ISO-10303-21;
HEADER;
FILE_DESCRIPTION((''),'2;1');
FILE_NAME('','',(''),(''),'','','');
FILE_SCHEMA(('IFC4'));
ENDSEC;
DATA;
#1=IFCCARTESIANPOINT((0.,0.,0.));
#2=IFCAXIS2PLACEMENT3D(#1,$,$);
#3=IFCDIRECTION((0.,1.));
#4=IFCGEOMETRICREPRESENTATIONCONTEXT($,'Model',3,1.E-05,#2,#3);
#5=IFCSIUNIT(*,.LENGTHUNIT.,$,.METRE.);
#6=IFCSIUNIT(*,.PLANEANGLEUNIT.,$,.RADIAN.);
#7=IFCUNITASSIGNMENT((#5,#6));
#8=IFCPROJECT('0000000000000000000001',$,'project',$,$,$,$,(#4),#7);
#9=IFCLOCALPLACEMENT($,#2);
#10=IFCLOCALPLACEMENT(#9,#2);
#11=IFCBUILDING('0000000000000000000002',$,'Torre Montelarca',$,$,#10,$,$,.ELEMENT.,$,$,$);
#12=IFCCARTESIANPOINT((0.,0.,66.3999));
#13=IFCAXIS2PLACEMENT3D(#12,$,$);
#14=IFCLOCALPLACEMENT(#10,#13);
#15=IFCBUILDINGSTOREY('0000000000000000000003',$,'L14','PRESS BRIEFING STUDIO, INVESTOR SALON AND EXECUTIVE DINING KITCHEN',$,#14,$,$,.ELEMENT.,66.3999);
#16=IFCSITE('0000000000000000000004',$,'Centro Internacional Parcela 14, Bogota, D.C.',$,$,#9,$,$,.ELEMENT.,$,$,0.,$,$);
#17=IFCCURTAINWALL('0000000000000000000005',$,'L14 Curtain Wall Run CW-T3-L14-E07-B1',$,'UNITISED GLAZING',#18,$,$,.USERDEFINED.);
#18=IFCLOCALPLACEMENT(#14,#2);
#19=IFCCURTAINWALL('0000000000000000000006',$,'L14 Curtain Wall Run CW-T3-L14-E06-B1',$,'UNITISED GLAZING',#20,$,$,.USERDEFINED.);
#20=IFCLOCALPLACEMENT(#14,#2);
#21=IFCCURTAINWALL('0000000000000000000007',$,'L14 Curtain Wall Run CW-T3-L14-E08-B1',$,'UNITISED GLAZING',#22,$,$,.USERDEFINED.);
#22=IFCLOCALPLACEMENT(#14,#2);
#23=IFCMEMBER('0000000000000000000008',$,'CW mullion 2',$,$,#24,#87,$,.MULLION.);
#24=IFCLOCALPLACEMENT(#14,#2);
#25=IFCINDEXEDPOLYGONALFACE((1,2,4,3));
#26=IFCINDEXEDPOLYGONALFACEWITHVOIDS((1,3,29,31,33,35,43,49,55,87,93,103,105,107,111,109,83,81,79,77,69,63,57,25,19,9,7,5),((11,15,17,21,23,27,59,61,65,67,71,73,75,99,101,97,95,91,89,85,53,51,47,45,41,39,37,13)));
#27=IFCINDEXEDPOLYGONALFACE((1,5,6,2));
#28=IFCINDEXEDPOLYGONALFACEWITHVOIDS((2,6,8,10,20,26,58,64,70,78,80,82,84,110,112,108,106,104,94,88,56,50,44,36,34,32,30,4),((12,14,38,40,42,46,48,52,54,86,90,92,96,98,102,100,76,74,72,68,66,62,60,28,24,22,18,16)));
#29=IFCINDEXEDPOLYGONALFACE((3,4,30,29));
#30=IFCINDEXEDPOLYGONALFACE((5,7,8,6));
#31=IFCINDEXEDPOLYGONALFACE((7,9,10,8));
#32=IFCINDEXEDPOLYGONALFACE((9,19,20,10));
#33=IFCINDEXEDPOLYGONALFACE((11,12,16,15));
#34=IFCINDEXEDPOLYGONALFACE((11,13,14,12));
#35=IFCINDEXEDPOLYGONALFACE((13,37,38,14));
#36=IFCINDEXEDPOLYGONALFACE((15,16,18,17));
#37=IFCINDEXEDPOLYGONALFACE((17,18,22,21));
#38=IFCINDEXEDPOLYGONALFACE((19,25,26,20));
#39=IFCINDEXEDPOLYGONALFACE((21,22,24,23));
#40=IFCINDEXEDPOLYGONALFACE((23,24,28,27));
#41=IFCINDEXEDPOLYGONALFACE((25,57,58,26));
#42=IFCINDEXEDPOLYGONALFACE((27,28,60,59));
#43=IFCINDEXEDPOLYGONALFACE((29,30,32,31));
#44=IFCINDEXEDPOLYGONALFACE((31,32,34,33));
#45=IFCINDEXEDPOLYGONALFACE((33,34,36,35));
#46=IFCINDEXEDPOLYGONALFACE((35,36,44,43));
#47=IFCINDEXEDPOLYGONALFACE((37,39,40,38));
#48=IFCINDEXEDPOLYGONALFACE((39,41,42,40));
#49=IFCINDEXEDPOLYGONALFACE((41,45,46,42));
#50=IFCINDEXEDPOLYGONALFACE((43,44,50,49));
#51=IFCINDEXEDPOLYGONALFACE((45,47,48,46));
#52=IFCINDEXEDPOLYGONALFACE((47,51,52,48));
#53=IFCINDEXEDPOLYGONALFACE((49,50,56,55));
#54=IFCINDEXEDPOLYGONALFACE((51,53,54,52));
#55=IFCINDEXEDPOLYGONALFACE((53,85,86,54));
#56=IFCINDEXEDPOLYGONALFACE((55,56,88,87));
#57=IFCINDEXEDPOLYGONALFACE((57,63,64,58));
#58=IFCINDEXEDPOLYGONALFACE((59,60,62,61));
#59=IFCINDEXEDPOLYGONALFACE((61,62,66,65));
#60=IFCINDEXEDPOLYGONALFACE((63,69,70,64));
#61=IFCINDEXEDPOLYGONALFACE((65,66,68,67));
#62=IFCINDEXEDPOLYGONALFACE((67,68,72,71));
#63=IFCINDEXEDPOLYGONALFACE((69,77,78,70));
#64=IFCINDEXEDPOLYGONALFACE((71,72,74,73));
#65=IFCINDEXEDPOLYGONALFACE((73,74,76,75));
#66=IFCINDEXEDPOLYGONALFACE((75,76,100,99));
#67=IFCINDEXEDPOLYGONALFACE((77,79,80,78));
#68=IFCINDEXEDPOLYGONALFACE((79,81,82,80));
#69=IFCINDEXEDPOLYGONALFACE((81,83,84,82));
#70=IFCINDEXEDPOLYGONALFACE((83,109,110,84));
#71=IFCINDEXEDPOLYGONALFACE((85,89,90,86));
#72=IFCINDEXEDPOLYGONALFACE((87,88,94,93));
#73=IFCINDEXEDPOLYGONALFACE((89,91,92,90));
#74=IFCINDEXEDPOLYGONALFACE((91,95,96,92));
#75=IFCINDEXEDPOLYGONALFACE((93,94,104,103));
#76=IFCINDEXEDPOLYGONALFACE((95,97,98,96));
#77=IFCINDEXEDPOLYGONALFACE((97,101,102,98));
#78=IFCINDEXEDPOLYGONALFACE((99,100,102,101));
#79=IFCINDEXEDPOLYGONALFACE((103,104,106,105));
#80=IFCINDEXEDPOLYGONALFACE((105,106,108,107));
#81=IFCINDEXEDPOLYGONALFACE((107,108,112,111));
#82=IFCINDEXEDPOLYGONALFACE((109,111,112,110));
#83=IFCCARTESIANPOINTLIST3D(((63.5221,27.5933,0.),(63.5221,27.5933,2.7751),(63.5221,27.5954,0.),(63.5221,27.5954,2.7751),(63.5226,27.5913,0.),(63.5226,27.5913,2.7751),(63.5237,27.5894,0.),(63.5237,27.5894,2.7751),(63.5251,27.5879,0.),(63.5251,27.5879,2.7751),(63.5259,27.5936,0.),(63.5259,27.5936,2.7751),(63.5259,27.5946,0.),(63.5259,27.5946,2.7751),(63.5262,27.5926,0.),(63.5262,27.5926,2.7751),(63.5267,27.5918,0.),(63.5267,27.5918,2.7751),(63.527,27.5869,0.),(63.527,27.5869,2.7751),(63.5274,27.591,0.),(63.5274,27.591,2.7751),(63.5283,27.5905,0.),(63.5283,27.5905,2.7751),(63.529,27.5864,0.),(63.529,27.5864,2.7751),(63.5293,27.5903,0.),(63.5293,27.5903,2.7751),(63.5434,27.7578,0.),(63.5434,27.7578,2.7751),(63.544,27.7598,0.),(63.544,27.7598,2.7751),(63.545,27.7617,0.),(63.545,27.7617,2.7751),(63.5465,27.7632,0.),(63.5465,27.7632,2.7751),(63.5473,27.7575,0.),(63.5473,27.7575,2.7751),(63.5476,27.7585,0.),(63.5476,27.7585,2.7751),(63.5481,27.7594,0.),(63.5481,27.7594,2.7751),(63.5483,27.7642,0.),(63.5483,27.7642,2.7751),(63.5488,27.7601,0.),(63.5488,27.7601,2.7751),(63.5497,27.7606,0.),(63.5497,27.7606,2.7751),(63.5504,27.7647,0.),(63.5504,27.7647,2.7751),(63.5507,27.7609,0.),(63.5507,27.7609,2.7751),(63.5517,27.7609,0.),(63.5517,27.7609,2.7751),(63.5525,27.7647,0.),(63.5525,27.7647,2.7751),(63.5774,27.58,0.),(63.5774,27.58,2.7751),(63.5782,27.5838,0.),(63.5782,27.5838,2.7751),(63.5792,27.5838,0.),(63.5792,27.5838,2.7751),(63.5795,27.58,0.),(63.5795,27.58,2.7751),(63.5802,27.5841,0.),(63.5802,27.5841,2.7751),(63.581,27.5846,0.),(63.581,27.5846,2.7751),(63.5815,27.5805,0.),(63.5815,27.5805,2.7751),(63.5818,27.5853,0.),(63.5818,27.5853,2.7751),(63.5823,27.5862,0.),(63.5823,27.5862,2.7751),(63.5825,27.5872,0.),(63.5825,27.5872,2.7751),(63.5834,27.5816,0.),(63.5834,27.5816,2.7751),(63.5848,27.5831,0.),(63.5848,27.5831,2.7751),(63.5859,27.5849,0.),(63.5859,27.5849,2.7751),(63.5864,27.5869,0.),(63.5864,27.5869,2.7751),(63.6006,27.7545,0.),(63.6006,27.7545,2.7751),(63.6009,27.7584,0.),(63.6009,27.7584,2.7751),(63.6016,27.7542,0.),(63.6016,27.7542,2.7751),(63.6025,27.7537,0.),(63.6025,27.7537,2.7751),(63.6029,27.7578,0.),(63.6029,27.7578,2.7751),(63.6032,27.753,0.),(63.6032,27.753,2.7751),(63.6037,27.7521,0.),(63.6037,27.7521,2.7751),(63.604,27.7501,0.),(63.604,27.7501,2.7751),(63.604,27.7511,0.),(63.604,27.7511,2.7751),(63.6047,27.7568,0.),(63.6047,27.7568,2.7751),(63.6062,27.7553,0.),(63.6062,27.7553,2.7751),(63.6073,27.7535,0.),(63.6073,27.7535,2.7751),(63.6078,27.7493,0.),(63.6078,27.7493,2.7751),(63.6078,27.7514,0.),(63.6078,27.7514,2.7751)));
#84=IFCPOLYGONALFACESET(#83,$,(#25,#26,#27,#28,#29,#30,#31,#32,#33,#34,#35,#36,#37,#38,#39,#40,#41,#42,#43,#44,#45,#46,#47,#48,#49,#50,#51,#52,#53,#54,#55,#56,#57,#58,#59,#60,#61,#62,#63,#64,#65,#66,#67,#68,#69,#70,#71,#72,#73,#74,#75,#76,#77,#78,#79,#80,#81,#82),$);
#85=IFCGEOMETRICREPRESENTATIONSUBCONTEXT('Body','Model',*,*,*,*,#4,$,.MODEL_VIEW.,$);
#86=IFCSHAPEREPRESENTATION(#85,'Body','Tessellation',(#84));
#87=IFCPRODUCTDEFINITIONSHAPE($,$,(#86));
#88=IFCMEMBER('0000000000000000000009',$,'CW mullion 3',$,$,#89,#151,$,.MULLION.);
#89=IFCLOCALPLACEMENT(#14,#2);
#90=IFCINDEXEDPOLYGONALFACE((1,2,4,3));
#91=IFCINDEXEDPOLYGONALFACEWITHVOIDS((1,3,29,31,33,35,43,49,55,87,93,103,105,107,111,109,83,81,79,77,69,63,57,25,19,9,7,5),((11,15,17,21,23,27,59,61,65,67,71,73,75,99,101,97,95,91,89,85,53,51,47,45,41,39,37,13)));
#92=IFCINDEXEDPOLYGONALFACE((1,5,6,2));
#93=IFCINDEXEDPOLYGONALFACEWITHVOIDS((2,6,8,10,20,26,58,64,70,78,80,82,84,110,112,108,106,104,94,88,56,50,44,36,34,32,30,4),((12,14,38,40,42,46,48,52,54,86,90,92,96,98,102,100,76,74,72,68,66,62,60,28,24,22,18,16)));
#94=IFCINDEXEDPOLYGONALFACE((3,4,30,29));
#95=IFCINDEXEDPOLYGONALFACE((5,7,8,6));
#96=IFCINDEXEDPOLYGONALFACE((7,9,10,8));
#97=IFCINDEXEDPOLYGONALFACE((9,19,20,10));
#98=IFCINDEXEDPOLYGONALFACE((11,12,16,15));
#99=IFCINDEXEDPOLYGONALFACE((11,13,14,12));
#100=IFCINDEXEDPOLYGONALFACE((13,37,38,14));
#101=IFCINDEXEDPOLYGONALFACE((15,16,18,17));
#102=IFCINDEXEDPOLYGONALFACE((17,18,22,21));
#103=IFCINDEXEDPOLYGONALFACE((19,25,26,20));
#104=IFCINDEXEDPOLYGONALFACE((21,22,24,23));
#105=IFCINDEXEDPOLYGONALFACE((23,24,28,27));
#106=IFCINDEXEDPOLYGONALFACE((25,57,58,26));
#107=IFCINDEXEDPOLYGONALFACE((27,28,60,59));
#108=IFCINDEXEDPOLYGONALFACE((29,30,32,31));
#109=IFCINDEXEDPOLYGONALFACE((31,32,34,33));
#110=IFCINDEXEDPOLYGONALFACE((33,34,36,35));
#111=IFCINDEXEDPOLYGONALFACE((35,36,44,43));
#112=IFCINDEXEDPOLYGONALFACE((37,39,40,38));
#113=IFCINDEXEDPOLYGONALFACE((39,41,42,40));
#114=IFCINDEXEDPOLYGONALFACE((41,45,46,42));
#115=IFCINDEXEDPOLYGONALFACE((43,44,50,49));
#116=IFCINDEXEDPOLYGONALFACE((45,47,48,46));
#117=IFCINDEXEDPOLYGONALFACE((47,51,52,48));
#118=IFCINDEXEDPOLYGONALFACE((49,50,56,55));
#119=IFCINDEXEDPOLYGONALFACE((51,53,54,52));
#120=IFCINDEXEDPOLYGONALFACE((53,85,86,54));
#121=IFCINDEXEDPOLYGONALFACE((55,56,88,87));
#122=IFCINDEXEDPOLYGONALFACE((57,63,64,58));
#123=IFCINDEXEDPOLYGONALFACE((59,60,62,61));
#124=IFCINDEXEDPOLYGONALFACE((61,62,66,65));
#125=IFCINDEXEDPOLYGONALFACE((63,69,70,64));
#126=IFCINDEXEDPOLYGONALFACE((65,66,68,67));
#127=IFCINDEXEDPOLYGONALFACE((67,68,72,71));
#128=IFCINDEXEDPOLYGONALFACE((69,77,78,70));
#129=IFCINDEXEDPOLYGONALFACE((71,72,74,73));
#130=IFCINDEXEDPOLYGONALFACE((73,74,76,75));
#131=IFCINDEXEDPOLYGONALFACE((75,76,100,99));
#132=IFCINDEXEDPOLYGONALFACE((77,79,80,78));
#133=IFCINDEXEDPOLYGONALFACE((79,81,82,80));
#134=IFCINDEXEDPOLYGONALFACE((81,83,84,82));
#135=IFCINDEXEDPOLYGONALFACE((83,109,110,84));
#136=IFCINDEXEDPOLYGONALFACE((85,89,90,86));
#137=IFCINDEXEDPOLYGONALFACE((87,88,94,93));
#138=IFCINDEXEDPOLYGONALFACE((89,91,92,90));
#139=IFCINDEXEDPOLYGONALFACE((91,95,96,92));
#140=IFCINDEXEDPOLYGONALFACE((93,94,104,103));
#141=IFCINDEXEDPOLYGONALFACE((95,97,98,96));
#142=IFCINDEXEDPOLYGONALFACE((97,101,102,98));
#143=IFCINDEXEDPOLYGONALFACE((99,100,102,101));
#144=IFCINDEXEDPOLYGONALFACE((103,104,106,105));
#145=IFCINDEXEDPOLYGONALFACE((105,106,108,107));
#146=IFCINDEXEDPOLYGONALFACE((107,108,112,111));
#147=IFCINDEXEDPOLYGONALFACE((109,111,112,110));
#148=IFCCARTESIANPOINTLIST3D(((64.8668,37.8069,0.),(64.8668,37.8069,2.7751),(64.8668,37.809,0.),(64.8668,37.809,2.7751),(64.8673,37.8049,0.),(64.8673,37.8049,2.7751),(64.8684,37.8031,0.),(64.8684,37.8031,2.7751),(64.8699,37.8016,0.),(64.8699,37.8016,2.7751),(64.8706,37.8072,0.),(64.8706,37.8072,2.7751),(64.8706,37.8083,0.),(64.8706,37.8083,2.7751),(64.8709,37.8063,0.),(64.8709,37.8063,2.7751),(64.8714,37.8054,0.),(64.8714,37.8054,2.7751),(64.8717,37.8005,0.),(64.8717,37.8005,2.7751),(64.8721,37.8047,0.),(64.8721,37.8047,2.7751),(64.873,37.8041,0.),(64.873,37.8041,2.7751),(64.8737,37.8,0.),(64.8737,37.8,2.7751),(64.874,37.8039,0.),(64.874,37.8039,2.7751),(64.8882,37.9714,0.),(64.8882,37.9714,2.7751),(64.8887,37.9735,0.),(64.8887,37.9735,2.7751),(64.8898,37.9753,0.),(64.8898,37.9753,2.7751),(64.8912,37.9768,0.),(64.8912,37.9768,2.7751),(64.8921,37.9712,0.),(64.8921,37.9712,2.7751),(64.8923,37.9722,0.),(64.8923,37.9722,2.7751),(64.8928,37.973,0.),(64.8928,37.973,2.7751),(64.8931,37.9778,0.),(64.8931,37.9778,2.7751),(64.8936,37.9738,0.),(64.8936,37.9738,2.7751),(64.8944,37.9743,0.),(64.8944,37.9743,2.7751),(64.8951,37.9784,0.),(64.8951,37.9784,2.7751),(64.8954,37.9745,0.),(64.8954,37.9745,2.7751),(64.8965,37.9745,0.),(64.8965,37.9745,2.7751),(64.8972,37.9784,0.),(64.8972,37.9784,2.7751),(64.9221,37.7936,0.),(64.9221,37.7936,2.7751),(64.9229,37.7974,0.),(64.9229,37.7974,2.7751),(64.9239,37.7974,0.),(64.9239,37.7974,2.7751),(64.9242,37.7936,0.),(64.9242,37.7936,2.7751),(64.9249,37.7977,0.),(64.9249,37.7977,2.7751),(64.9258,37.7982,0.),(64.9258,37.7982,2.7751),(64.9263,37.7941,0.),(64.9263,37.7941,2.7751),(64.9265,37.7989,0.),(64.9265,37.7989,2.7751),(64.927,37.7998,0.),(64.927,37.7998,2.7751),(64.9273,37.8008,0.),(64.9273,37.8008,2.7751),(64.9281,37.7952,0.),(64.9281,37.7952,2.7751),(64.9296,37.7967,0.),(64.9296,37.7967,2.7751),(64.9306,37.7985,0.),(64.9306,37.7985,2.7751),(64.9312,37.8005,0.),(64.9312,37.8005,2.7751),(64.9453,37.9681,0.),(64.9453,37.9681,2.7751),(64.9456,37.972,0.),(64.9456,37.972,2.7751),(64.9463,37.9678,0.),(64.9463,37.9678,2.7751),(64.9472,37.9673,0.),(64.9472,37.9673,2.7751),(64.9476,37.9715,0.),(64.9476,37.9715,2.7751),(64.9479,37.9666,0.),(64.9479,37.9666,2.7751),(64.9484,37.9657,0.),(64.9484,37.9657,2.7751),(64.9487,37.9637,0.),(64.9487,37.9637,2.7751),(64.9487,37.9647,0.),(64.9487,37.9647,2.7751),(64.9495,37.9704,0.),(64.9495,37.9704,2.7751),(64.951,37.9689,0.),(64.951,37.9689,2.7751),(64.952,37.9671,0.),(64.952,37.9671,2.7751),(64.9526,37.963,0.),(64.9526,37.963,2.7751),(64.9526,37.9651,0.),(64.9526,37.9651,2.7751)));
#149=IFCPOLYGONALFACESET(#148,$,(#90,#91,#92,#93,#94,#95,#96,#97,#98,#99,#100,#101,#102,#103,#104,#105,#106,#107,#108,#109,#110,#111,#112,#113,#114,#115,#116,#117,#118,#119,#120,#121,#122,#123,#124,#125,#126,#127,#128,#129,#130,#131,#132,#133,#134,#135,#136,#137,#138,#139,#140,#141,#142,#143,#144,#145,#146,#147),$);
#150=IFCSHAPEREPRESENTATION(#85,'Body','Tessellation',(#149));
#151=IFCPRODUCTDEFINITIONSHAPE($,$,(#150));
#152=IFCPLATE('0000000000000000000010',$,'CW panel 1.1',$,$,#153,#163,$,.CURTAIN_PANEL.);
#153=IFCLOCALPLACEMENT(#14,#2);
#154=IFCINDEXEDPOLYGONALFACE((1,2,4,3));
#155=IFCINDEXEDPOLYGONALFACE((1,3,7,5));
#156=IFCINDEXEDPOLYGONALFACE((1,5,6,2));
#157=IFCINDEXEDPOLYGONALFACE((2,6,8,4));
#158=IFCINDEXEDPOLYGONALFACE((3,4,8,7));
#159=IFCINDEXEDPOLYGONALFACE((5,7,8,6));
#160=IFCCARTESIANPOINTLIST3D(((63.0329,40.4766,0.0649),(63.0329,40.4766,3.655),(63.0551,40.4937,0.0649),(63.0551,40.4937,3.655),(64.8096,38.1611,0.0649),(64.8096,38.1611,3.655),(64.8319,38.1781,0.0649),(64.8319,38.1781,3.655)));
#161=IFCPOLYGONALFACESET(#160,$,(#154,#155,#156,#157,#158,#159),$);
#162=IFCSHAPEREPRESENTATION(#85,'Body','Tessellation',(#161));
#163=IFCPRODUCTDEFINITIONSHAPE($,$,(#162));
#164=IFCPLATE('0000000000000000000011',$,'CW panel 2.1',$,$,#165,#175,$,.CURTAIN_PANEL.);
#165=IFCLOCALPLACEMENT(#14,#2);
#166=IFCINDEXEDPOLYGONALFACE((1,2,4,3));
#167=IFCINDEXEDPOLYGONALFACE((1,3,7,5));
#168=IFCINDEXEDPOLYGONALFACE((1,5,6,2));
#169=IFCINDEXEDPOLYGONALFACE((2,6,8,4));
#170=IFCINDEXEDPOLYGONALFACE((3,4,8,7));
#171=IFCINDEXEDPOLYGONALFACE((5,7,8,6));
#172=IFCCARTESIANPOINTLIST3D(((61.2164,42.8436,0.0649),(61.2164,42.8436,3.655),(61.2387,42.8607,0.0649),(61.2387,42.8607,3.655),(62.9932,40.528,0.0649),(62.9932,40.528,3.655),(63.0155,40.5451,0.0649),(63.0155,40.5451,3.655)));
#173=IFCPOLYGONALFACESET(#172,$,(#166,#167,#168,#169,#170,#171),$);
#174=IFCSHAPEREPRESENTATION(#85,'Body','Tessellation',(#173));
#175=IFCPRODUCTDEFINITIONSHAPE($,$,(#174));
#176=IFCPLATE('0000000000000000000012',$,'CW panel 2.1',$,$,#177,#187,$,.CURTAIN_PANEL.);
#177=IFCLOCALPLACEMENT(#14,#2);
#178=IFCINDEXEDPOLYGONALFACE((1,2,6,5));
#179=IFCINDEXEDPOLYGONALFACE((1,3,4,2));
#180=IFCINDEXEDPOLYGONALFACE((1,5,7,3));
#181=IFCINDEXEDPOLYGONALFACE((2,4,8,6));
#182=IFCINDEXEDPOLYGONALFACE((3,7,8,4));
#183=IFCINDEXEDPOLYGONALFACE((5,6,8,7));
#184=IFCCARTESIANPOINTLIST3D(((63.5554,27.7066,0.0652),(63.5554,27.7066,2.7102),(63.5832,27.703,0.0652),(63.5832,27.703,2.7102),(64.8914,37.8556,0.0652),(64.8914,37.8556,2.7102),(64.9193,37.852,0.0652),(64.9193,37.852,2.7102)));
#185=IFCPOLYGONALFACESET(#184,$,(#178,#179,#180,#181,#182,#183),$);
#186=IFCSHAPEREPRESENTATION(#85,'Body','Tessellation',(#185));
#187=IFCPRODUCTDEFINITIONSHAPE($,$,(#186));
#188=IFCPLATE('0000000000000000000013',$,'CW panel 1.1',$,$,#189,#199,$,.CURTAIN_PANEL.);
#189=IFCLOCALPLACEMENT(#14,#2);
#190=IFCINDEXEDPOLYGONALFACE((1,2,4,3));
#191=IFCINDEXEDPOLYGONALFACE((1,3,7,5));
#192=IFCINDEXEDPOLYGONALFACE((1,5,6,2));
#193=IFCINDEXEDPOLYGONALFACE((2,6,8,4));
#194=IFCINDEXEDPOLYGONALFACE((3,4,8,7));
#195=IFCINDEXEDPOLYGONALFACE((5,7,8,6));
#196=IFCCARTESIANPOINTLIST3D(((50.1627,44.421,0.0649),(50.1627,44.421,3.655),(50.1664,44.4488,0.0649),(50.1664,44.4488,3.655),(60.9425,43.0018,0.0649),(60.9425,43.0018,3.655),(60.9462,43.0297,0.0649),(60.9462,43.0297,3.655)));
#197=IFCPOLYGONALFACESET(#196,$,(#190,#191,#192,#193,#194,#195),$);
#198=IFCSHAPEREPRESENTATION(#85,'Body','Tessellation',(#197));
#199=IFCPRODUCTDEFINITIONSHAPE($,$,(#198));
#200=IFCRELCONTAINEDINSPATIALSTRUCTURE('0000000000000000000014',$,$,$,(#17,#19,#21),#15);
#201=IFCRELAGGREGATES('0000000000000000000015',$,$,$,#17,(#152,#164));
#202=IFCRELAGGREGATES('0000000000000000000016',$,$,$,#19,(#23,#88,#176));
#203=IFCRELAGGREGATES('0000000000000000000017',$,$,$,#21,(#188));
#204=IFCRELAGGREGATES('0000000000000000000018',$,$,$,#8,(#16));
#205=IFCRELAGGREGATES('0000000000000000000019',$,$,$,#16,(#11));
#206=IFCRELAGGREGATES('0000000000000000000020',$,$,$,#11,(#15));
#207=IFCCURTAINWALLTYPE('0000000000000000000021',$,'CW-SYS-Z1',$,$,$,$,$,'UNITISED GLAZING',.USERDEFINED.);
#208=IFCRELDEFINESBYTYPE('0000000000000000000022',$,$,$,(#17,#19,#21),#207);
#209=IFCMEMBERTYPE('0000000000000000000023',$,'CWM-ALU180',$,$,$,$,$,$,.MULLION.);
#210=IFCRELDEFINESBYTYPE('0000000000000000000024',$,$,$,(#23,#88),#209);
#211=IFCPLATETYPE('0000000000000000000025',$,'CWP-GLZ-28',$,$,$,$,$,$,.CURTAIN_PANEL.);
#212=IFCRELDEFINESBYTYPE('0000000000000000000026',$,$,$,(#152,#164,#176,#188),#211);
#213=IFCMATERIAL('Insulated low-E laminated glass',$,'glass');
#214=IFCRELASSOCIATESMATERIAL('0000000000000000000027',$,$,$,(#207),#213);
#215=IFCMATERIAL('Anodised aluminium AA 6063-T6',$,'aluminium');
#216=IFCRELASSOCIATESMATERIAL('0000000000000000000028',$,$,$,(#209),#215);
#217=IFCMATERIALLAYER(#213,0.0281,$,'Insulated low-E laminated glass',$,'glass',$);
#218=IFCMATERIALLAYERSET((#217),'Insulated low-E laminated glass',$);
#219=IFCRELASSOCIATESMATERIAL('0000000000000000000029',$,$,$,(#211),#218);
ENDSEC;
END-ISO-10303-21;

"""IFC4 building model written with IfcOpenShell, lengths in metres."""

from ifc_helpers import new_model, si_unit, direction, frame, origin, origin_2d, place, context, subcontext, project, spatial, rectangle, hollow_rectangle, extrude, source, transform, mapped, material, layer, layer_set, material_profile, profile_set, type_object, element, aggregate, save


model = new_model("IFC4")

# Units and contexts
model_context = context("Model", 3, precision=1e-05, world=origin(), true_north=direction((0.0, 1.0)))
body_context = subcontext(model_context, "Body", "Model", "MODEL_VIEW")
ifc_project = project(units=[si_unit("LENGTHUNIT", "METRE"), si_unit("PLANEANGLEUNIT", "RADIAN")], contexts=[model_context])

# Site, building, storey
site_placement = place(None, origin())
site = spatial("IfcSite", under=ifc_project, at=site_placement, Name="Centro Internacional Parcela 14, Bogota, D.C.", CompositionType="ELEMENT", RefElevation=0.0)
building_placement = place(site_placement, origin())
building = spatial("IfcBuilding", under=site, at=building_placement, Name="Torre Montelarca", CompositionType="ELEMENT")
storey_placement = place(building_placement, frame((0.0, 0.0, 66.3999)))
storey = spatial("IfcBuildingStorey", under=building, at=storey_placement, Name="L14", Description="PRESS BRIEFING STUDIO, INVESTOR SALON AND EXECUTIVE DINING KITCHEN", CompositionType="ELEMENT", Elevation=66.3999)

# Curtain walls
ifc_material_1 = material(Name="Insulated low-E laminated glass", Category="glass")
curtain_wall_type = type_object("IfcCurtainWallType", Name="CW-SYS-Z1", ElementType="UNITISED GLAZING", PredefinedType="USERDEFINED", material=ifc_material_1)
curtain_wall_1_placement = place(storey_placement, origin())
curtain_wall_1 = element("IfcCurtainWall", 1, at=curtain_wall_1_placement, inside=storey, type_object=curtain_wall_type, Name="L14 Curtain Wall Run CW-T3-L14-E07-B1", ObjectType="UNITISED GLAZING", PredefinedType="USERDEFINED")
ifc_material_2 = material(Name="Anodised aluminium AA 6063-T6", Category="aluminium")
curtain_wall_2_placement = place(storey_placement, origin())
curtain_wall_2 = element("IfcCurtainWall", 2, at=curtain_wall_2_placement, inside=storey, type_object=curtain_wall_type, Name="L14 Curtain Wall Run CW-T3-L14-E06-B1", ObjectType="UNITISED GLAZING", PredefinedType="USERDEFINED")
curtain_wall_3_placement = place(storey_placement, origin())
curtain_wall_3 = element("IfcCurtainWall", 3, at=curtain_wall_3_placement, inside=storey, type_object=curtain_wall_type, Name="L14 Curtain Wall Run CW-T3-L14-E08-B1", ObjectType="UNITISED GLAZING", PredefinedType="USERDEFINED")

# Members
ifc_material_profile_1 = material_profile(ifc_material_2, hollow_rectangle(XDim=0.0649, YDim=0.1799, WallThickness=0.0039, InnerFilletRadius=0.0039, OuterFilletRadius=0.0081, at=origin_2d()), Name="ALU65X180X4", Category="aluminium")
ifc_profile_set_1 = profile_set([ifc_material_profile_1], Name="Anodised aluminium AA 6063-T6")
member_type_1 = type_object("IfcMemberType", Name="CWM-ALU180", PredefinedType="MULLION", material=ifc_profile_set_1)
shared_shape_1 = source(origin(), body_context, "Body", "SweptSolid", [
    extrude(hollow_rectangle(XDim=0.0649, YDim=0.1799, WallThickness=0.0039, InnerFilletRadius=0.0039, OuterFilletRadius=0.0081, at=origin_2d()), origin(), (0.0, 0.0, 1.0), 2.7751),
])
member_1_placement = place(storey_placement, frame((63.5649, 27.6724, 0.0), z_axis=(0.0, 0.0, 1.0), x_axis=(-0.991446, 0.130519, 0.0)))
member_1 = element("IfcMember", 4, at=member_1_placement, type_object=member_type_1, Name="CW mullion 2", PredefinedType="MULLION", context=body_context, shape_type="MappedRepresentation", body=[
    mapped(shared_shape_1, transform((0.0, 0.0, 0.0), scale=1.0)),
])
member_2_placement = place(storey_placement, frame((64.9097, 37.886, 0.0), z_axis=(0.0, 0.0, 1.0), x_axis=(-0.991446, 0.130519, 0.0)))
member_2 = element("IfcMember", 5, at=member_2_placement, type_object=member_type_1, Name="CW mullion 3", PredefinedType="MULLION", context=body_context, shape_type="MappedRepresentation", body=[
    mapped(shared_shape_1, transform((0.0, 0.0, 0.0), scale=1.0)),
])

# Plates
ifc_layer_1 = layer(ifc_material_1, 0.0281, Name="Insulated low-E laminated glass", Category="glass")
ifc_layer_set_1 = layer_set([ifc_layer_1], Name="Insulated low-E laminated glass")
plate_type = type_object("IfcPlateType", Name="CWP-GLZ-28", PredefinedType="CURTAIN_PANEL", material=ifc_layer_set_1)
shared_shape_2 = source(origin(), body_context, "Body", "SweptSolid", [
    extrude(rectangle(XDim=2.9187, YDim=0.0281, at=origin_2d()), origin(), (0.0, 0.0, 1.0), 3.5901),
])
plate_1_placement = place(storey_placement, frame((63.9324, 39.3274, 0.0649), z_axis=(0.0, 0.0, 1.0), x_axis=(-0.608754, 0.793359, 0.0)))
plate_1 = element("IfcPlate", 6, at=plate_1_placement, type_object=plate_type, Name="CW panel 1.1", PredefinedType="CURTAIN_PANEL", context=body_context, shape_type="MappedRepresentation", body=[
    mapped(shared_shape_2, transform((0.0, 0.0, 0.0), scale=1.0)),
])
plate_2_placement = place(storey_placement, frame((62.116, 41.6943, 0.0649), z_axis=(0.0, 0.0, 1.0), x_axis=(-0.608754, 0.793359, 0.0)))
plate_2 = element("IfcPlate", 7, at=plate_2_placement, type_object=plate_type, Name="CW panel 2.1", PredefinedType="CURTAIN_PANEL", context=body_context, shape_type="MappedRepresentation", body=[
    mapped(shared_shape_2, transform((0.0, 0.0, 0.0), scale=1.0)),
])
aggregate(curtain_wall_1, [plate_1, plate_2])
shared_shape_3 = source(origin(), body_context, "Body", "SweptSolid", [
    extrude(rectangle(XDim=10.2366, YDim=0.0281, at=origin_2d()), origin(), (0.0, 0.0, 1.0), 2.645),
])
plate_3_placement = place(storey_placement, frame((64.2373, 32.7793, 0.0652), z_axis=(0.0, 0.0, 1.0), x_axis=(0.130519, 0.991446, 0.0)))
plate_3 = element("IfcPlate", 8, at=plate_3_placement, type_object=plate_type, Name="CW panel 2.1", PredefinedType="CURTAIN_PANEL", context=body_context, shape_type="MappedRepresentation", body=[
    mapped(shared_shape_3, transform((0.0, 0.0, 0.0), scale=1.0)),
])
aggregate(curtain_wall_2, [member_1, member_2, plate_3])
shared_shape_4 = source(origin(), body_context, "Body", "SweptSolid", [
    extrude(rectangle(XDim=10.8728, YDim=0.0281, at=origin_2d()), origin(), (0.0, 0.0, 1.0), 3.5901),
])
plate_4_placement = place(storey_placement, frame((55.5544, 43.7253, 0.0649), z_axis=(0.0, 0.0, 1.0), x_axis=(-0.991445, 0.130525, 0.0)))
plate_4 = element("IfcPlate", 9, at=plate_4_placement, type_object=plate_type, Name="CW panel 1.1", PredefinedType="CURTAIN_PANEL", context=body_context, shape_type="MappedRepresentation", body=[
    mapped(shared_shape_4, transform((0.0, 0.0, 0.0), scale=1.0)),
])
aggregate(curtain_wall_3, [plate_4])

save(model, "model.ifc")
